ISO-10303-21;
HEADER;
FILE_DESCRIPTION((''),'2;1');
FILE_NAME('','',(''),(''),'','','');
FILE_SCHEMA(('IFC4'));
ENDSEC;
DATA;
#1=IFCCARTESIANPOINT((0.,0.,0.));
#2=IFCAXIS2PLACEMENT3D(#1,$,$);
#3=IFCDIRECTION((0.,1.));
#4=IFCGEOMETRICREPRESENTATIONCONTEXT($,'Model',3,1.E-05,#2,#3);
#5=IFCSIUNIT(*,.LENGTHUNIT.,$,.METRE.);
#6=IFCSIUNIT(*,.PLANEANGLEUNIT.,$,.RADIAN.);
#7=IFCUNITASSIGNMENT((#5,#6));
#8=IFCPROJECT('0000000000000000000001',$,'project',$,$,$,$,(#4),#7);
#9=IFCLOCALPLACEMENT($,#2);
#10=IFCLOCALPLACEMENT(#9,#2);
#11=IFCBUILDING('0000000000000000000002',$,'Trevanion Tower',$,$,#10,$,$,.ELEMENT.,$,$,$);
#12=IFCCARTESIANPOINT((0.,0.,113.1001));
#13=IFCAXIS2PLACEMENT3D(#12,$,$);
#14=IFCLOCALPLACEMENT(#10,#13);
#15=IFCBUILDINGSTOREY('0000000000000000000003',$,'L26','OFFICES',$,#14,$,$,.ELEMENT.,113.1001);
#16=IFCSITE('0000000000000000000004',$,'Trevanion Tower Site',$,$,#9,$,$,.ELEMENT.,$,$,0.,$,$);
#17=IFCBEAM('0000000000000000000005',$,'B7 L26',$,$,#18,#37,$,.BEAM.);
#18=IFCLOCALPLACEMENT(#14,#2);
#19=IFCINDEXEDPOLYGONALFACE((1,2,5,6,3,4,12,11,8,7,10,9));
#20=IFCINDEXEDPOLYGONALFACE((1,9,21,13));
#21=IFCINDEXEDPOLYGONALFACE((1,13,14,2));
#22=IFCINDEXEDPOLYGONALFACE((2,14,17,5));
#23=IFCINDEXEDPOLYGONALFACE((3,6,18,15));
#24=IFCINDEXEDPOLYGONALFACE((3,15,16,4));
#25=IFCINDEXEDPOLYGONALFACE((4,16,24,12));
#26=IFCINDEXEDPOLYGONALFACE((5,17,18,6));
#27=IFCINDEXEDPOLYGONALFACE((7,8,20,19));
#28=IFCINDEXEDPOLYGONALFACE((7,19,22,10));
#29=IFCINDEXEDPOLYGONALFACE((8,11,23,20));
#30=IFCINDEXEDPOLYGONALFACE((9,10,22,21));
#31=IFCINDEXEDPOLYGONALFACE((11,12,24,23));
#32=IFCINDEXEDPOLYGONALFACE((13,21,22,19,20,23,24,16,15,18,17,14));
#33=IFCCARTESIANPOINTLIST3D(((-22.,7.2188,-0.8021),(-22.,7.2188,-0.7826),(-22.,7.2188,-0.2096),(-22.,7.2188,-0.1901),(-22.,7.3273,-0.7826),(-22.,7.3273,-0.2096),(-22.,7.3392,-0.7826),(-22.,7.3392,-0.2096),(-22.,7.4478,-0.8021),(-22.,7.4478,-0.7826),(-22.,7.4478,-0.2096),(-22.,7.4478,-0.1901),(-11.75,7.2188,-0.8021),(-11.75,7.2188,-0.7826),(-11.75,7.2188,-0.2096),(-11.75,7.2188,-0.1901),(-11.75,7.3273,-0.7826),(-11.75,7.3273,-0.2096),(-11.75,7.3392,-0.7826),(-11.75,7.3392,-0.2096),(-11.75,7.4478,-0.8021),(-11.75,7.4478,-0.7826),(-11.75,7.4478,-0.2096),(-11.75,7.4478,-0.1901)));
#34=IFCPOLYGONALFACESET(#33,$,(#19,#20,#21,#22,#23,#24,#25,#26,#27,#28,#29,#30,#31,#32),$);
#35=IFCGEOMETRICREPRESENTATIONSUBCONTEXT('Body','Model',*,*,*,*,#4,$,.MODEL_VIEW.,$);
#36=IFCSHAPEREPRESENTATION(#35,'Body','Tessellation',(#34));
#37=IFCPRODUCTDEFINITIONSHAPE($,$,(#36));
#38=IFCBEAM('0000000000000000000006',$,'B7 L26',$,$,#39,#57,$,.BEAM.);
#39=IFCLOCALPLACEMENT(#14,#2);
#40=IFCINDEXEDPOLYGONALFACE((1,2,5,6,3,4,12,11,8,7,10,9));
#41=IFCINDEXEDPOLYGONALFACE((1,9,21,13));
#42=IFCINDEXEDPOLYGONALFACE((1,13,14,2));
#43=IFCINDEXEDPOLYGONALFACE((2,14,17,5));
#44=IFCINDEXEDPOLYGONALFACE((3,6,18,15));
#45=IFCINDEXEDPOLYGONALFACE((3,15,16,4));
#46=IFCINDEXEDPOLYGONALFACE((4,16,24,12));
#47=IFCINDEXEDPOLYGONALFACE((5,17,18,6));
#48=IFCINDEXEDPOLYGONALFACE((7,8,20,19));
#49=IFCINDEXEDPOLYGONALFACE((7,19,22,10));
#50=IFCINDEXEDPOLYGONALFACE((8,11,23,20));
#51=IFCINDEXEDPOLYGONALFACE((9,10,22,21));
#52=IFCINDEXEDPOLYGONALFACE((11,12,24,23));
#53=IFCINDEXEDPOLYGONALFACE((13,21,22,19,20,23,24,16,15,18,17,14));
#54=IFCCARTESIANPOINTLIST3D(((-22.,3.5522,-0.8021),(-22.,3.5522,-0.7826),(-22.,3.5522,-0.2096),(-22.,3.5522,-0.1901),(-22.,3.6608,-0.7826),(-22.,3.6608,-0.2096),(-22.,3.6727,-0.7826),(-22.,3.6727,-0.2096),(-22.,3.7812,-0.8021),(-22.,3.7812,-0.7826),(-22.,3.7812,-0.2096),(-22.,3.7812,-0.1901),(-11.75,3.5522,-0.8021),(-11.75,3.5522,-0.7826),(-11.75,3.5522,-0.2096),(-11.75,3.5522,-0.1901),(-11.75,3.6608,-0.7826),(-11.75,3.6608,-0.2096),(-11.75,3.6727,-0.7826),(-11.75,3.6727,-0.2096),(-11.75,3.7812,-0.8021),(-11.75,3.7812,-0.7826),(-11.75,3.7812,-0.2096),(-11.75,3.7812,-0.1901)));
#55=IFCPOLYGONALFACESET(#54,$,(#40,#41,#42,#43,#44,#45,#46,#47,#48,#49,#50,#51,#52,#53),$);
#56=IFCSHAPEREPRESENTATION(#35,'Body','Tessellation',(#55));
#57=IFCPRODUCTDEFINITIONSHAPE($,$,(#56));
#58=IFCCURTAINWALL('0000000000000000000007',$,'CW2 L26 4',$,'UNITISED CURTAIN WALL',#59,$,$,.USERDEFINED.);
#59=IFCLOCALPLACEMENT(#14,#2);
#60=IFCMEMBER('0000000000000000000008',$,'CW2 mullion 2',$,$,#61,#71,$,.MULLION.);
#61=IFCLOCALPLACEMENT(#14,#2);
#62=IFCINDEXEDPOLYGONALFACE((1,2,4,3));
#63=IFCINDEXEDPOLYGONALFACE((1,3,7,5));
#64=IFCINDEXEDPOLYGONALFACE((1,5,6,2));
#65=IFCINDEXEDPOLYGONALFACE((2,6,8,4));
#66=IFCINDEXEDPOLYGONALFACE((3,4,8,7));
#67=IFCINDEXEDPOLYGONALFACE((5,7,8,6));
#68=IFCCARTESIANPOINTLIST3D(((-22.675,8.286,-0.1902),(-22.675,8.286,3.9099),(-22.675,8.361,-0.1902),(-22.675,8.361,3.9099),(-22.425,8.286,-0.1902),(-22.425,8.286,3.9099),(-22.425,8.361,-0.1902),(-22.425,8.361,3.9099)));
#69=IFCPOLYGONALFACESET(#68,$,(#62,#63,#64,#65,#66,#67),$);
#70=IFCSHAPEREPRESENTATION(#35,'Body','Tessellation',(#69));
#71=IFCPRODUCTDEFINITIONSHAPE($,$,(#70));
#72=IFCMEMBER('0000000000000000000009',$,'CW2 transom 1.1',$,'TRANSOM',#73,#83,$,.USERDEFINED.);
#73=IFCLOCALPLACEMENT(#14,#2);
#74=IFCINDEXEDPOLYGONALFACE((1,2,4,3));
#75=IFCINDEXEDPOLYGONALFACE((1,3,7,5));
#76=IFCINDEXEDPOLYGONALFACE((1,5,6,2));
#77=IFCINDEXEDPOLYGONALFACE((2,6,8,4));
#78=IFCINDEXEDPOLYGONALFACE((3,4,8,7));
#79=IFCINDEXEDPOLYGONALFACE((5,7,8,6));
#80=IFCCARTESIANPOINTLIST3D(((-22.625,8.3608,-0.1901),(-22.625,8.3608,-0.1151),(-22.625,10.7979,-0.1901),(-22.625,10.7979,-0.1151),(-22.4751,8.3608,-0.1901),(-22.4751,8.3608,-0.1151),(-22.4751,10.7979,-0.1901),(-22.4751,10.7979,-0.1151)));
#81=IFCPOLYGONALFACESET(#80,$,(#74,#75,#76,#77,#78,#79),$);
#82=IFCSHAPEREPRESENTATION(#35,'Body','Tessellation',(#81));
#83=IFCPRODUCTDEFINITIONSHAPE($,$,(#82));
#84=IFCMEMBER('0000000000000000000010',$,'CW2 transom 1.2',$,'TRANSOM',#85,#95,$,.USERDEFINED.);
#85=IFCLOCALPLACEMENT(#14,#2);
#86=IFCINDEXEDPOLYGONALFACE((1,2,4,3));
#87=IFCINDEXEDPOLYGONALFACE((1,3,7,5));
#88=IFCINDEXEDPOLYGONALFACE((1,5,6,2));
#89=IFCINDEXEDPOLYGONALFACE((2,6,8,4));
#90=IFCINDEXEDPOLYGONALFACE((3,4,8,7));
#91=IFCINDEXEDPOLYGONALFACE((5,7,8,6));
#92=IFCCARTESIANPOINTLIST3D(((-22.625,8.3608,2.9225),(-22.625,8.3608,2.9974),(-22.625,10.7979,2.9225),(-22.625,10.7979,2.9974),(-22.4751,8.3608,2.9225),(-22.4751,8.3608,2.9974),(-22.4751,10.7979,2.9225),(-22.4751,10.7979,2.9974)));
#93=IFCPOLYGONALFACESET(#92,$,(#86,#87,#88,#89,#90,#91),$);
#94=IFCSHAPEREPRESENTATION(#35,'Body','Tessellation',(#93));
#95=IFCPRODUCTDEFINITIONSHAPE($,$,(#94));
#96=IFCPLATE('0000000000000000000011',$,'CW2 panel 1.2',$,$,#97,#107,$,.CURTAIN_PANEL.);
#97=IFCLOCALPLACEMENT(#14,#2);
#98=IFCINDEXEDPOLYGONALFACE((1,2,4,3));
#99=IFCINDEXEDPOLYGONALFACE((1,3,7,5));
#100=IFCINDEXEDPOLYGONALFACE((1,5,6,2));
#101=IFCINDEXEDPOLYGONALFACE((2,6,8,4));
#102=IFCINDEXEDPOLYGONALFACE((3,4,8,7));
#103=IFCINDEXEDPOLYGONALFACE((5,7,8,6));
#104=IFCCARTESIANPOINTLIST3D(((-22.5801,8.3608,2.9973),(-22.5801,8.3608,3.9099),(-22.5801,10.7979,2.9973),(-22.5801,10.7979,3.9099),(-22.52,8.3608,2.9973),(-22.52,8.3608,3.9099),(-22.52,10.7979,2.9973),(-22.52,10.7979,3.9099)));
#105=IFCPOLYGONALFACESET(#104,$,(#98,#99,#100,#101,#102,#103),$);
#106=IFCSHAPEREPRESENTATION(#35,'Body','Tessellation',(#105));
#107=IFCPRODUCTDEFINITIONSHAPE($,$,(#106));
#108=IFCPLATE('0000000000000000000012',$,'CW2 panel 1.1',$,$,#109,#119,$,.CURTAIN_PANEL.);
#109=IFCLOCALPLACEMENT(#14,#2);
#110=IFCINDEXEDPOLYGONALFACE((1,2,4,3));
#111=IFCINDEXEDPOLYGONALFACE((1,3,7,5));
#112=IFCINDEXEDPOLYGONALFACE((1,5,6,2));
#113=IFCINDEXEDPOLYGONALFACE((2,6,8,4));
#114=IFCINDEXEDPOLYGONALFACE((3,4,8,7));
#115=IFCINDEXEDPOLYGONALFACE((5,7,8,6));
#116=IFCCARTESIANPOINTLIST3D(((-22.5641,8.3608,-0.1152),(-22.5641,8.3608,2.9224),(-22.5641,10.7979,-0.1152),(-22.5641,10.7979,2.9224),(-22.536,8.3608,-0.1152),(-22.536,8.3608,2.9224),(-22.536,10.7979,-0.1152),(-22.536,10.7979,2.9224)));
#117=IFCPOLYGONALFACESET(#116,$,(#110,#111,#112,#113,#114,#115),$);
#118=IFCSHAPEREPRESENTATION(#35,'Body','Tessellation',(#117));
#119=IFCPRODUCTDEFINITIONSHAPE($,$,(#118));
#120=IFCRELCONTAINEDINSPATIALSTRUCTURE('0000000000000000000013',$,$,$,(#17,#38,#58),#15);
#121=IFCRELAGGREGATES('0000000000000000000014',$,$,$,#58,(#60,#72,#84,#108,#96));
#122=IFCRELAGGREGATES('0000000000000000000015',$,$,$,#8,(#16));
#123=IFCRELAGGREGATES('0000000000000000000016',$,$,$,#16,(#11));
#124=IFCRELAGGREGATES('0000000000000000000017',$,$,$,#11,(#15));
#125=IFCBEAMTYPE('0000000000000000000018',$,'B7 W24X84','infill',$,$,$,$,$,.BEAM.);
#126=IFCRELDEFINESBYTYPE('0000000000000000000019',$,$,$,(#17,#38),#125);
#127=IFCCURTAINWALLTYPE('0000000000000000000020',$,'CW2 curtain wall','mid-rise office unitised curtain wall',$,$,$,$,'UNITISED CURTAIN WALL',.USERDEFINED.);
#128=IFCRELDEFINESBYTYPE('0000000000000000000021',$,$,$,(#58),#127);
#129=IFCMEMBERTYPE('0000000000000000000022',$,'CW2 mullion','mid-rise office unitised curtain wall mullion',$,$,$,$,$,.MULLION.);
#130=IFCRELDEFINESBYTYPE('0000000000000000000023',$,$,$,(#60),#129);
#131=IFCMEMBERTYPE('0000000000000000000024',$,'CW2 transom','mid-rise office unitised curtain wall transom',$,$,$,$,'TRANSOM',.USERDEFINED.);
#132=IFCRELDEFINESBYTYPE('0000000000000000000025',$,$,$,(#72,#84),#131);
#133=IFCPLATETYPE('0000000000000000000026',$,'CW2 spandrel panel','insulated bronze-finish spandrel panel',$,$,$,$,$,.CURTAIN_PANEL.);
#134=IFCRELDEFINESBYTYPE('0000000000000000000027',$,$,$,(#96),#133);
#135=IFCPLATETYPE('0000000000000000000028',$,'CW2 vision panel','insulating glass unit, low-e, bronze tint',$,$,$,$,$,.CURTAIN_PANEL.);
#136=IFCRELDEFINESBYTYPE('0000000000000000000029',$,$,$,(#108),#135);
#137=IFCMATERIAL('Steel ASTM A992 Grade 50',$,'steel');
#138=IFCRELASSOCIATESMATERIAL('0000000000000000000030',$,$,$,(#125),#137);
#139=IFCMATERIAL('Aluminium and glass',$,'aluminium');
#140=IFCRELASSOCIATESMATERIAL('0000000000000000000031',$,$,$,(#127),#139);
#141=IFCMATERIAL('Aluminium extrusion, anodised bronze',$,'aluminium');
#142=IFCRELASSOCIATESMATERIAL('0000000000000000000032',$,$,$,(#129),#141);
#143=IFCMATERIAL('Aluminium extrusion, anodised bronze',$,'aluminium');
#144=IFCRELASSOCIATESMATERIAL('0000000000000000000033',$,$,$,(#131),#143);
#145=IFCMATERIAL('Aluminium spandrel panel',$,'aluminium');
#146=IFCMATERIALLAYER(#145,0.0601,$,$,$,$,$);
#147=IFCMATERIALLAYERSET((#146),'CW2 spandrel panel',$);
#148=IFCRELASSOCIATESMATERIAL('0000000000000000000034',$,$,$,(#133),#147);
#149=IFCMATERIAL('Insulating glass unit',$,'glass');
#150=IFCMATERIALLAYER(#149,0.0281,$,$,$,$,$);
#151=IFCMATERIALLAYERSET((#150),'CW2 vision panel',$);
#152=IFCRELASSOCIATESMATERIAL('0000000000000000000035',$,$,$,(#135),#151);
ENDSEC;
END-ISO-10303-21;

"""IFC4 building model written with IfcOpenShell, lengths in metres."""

from ifc_helpers import new_model, si_unit, direction, frame, origin, origin_2d, place, context, subcontext, project, spatial, rectangle, i_section, extrude, material, layer, layer_set, material_profile, profile_set, type_object, element, aggregate, save


model = new_model("IFC4")

# Units and contexts
model_context = context("Model", 3, precision=1e-05, world=origin(), true_north=direction((0.0, 1.0)))
body_context = subcontext(model_context, "Body", "Model", "MODEL_VIEW")
ifc_project = project(units=[si_unit("LENGTHUNIT", "METRE"), si_unit("PLANEANGLEUNIT", "RADIAN")], contexts=[model_context])

# Site, building, storey
site_placement = place(None, origin())
site = spatial("IfcSite", under=ifc_project, at=site_placement, Name="Trevanion Tower Site", CompositionType="ELEMENT", RefElevation=0.0)
building_placement = place(site_placement, origin())
building = spatial("IfcBuilding", under=site, at=building_placement, Name="Trevanion Tower", CompositionType="ELEMENT")
storey_placement = place(building_placement, frame((0.0, 0.0, 113.1001)))
storey = spatial("IfcBuildingStorey", under=building, at=storey_placement, Name="L26", Description="OFFICES", CompositionType="ELEMENT", Elevation=113.1001)

# Beams
ifc_material_1 = material(Name="Steel ASTM A992 Grade 50", Category="steel")
ifc_material_profile_1 = material_profile(ifc_material_1, i_section(OverallWidth=0.229, OverallDepth=0.6121, WebThickness=0.012, FlangeThickness=0.0195, at=origin_2d()), Name="W24X84")
ifc_profile_set_1 = profile_set([ifc_material_profile_1], Name="Steel ASTM A992 Grade 50")
beam_type = type_object("IfcBeamType", Name="B7 W24X84", Description="infill", PredefinedType="BEAM", material=ifc_profile_set_1)
for number, where, z_axis, x_axis, name in (
    (1, (-11.75, 7.3333, -0.4961), (-1.0, 0.0, 0.0), (0.0, -1.0, 0.0), "B7 L26"),
    (2, (-11.75, 3.6667, -0.4961), (-1.0, 0.0, 0.0), (0.0, -1.0, 0.0), "B7 L26"),
):
    element("IfcBeam", number, at=place(storey_placement, frame(where, z_axis=z_axis, x_axis=x_axis)), inside=storey, type_object=beam_type, Name=name, PredefinedType="BEAM", context=body_context, shape_type="SweptSolid", body=[
        extrude(i_section(OverallWidth=0.229, OverallDepth=0.6121, WebThickness=0.012, FlangeThickness=0.0195, at=origin_2d()), origin(), (0.0, 0.0, 1.0), 10.25),
    ])

# Curtain wall, members, plates
ifc_material_2 = material(Name="Aluminium and glass", Category="aluminium")
curtain_wall_type = type_object("IfcCurtainWallType", Name="CW2 curtain wall", Description="mid-rise office unitised curtain wall", ElementType="UNITISED CURTAIN WALL", PredefinedType="USERDEFINED", material=ifc_material_2)
curtain_wall_placement = place(storey_placement, origin())
curtain_wall = element("IfcCurtainWall", 3, at=curtain_wall_placement, inside=storey, type_object=curtain_wall_type, Name="CW2 L26 4", ObjectType="UNITISED CURTAIN WALL", PredefinedType="USERDEFINED")
ifc_material_3 = material(Name="Aluminium extrusion, anodised bronze", Category="aluminium")
ifc_material_profile_2 = material_profile(ifc_material_3, rectangle(XDim=0.075, YDim=0.25, at=origin_2d()), Name="CW2 mullion")
ifc_profile_set_2 = profile_set([ifc_material_profile_2], Name="Aluminium extrusion, anodised bronze")
member_type_1 = type_object("IfcMemberType", Name="CW2 mullion", Description="mid-rise office unitised curtain wall mullion", PredefinedType="MULLION", material=ifc_profile_set_2)
member_1_placement = place(storey_placement, frame((-22.55, 8.3235, -0.1902), z_axis=(0.0, 0.0, 1.0), x_axis=(0.0, -1.0, 0.0)))
member_1 = element("IfcMember", 4, at=member_1_placement, type_object=member_type_1, Name="CW2 mullion 2", PredefinedType="MULLION", context=body_context, shape_type="SweptSolid", body=[
    extrude(rectangle(XDim=0.075, YDim=0.25, at=origin_2d()), origin(), (0.0, 0.0, 1.0), 4.1001),
])
ifc_material_4 = material(Name="Aluminium extrusion, anodised bronze", Category="aluminium")
ifc_material_profile_3 = material_profile(ifc_material_4, rectangle(XDim=0.1499, YDim=0.075, at=origin_2d()), Name="CW2 transom")
ifc_profile_set_3 = profile_set([ifc_material_profile_3], Name="Aluminium extrusion, anodised bronze")
member_type_2 = type_object("IfcMemberType", Name="CW2 transom", Description="mid-rise office unitised curtain wall transom", ElementType="TRANSOM", PredefinedType="USERDEFINED", material=ifc_profile_set_3)
member_2_placement = place(storey_placement, frame((-22.55, 10.7979, -0.1526), z_axis=(0.0, -1.0, 0.0), x_axis=(1.0, 0.0, 0.0)))
member_2 = element("IfcMember", 5, at=member_2_placement, type_object=member_type_2, Name="CW2 transom 1.1", ObjectType="TRANSOM", PredefinedType="USERDEFINED", context=body_context, shape_type="SweptSolid", body=[
    extrude(rectangle(XDim=0.1499, YDim=0.075, at=origin_2d()), origin(), (0.0, 0.0, 1.0), 2.437),
])
member_3_placement = place(storey_placement, frame((-22.55, 10.7979, 2.96), z_axis=(0.0, -1.0, 0.0), x_axis=(1.0, 0.0, 0.0)))
member_3 = element("IfcMember", 6, at=member_3_placement, type_object=member_type_2, Name="CW2 transom 1.2", ObjectType="TRANSOM", PredefinedType="USERDEFINED", context=body_context, shape_type="SweptSolid", body=[
    extrude(rectangle(XDim=0.1499, YDim=0.075, at=origin_2d()), origin(), (0.0, 0.0, 1.0), 2.437),
])
ifc_material_5 = material(Name="Aluminium spandrel panel", Category="aluminium")
ifc_layer_1 = layer(ifc_material_5, 0.0601)
ifc_layer_set_1 = layer_set([ifc_layer_1], Name="CW2 spandrel panel")
plate_type_1 = type_object("IfcPlateType", Name="CW2 spandrel panel", Description="insulated bronze-finish spandrel panel", PredefinedType="CURTAIN_PANEL", material=ifc_layer_set_1)
plate_1_placement = place(storey_placement, frame((-22.55, 9.5793, 2.9973), z_axis=(0.0, 0.0, 1.0), x_axis=(0.0, -1.0, 0.0)))
plate_1 = element("IfcPlate", 7, at=plate_1_placement, type_object=plate_type_1, Name="CW2 panel 1.2", PredefinedType="CURTAIN_PANEL", context=body_context, shape_type="SweptSolid", body=[
    extrude(rectangle(XDim=2.437, YDim=0.0601, at=origin_2d()), origin(), (0.0, 0.0, 1.0), 0.9126),
])
ifc_material_6 = material(Name="Insulating glass unit", Category="glass")
ifc_layer_2 = layer(ifc_material_6, 0.0281)
ifc_layer_set_2 = layer_set([ifc_layer_2], Name="CW2 vision panel")
plate_type_2 = type_object("IfcPlateType", Name="CW2 vision panel", Description="insulating glass unit, low-e, bronze tint", PredefinedType="CURTAIN_PANEL", material=ifc_layer_set_2)
plate_2_placement = place(storey_placement, frame((-22.55, 9.5793, -0.1152), z_axis=(0.0, 0.0, 1.0), x_axis=(0.0, -1.0, 0.0)))
plate_2 = element("IfcPlate", 8, at=plate_2_placement, type_object=plate_type_2, Name="CW2 panel 1.1", PredefinedType="CURTAIN_PANEL", context=body_context, shape_type="SweptSolid", body=[
    extrude(rectangle(XDim=2.437, YDim=0.0281, at=origin_2d()), origin(), (0.0, 0.0, 1.0), 3.0376),
])
aggregate(curtain_wall, [member_1, member_2, member_3, plate_2, plate_1])

save(model, "model.ifc")
